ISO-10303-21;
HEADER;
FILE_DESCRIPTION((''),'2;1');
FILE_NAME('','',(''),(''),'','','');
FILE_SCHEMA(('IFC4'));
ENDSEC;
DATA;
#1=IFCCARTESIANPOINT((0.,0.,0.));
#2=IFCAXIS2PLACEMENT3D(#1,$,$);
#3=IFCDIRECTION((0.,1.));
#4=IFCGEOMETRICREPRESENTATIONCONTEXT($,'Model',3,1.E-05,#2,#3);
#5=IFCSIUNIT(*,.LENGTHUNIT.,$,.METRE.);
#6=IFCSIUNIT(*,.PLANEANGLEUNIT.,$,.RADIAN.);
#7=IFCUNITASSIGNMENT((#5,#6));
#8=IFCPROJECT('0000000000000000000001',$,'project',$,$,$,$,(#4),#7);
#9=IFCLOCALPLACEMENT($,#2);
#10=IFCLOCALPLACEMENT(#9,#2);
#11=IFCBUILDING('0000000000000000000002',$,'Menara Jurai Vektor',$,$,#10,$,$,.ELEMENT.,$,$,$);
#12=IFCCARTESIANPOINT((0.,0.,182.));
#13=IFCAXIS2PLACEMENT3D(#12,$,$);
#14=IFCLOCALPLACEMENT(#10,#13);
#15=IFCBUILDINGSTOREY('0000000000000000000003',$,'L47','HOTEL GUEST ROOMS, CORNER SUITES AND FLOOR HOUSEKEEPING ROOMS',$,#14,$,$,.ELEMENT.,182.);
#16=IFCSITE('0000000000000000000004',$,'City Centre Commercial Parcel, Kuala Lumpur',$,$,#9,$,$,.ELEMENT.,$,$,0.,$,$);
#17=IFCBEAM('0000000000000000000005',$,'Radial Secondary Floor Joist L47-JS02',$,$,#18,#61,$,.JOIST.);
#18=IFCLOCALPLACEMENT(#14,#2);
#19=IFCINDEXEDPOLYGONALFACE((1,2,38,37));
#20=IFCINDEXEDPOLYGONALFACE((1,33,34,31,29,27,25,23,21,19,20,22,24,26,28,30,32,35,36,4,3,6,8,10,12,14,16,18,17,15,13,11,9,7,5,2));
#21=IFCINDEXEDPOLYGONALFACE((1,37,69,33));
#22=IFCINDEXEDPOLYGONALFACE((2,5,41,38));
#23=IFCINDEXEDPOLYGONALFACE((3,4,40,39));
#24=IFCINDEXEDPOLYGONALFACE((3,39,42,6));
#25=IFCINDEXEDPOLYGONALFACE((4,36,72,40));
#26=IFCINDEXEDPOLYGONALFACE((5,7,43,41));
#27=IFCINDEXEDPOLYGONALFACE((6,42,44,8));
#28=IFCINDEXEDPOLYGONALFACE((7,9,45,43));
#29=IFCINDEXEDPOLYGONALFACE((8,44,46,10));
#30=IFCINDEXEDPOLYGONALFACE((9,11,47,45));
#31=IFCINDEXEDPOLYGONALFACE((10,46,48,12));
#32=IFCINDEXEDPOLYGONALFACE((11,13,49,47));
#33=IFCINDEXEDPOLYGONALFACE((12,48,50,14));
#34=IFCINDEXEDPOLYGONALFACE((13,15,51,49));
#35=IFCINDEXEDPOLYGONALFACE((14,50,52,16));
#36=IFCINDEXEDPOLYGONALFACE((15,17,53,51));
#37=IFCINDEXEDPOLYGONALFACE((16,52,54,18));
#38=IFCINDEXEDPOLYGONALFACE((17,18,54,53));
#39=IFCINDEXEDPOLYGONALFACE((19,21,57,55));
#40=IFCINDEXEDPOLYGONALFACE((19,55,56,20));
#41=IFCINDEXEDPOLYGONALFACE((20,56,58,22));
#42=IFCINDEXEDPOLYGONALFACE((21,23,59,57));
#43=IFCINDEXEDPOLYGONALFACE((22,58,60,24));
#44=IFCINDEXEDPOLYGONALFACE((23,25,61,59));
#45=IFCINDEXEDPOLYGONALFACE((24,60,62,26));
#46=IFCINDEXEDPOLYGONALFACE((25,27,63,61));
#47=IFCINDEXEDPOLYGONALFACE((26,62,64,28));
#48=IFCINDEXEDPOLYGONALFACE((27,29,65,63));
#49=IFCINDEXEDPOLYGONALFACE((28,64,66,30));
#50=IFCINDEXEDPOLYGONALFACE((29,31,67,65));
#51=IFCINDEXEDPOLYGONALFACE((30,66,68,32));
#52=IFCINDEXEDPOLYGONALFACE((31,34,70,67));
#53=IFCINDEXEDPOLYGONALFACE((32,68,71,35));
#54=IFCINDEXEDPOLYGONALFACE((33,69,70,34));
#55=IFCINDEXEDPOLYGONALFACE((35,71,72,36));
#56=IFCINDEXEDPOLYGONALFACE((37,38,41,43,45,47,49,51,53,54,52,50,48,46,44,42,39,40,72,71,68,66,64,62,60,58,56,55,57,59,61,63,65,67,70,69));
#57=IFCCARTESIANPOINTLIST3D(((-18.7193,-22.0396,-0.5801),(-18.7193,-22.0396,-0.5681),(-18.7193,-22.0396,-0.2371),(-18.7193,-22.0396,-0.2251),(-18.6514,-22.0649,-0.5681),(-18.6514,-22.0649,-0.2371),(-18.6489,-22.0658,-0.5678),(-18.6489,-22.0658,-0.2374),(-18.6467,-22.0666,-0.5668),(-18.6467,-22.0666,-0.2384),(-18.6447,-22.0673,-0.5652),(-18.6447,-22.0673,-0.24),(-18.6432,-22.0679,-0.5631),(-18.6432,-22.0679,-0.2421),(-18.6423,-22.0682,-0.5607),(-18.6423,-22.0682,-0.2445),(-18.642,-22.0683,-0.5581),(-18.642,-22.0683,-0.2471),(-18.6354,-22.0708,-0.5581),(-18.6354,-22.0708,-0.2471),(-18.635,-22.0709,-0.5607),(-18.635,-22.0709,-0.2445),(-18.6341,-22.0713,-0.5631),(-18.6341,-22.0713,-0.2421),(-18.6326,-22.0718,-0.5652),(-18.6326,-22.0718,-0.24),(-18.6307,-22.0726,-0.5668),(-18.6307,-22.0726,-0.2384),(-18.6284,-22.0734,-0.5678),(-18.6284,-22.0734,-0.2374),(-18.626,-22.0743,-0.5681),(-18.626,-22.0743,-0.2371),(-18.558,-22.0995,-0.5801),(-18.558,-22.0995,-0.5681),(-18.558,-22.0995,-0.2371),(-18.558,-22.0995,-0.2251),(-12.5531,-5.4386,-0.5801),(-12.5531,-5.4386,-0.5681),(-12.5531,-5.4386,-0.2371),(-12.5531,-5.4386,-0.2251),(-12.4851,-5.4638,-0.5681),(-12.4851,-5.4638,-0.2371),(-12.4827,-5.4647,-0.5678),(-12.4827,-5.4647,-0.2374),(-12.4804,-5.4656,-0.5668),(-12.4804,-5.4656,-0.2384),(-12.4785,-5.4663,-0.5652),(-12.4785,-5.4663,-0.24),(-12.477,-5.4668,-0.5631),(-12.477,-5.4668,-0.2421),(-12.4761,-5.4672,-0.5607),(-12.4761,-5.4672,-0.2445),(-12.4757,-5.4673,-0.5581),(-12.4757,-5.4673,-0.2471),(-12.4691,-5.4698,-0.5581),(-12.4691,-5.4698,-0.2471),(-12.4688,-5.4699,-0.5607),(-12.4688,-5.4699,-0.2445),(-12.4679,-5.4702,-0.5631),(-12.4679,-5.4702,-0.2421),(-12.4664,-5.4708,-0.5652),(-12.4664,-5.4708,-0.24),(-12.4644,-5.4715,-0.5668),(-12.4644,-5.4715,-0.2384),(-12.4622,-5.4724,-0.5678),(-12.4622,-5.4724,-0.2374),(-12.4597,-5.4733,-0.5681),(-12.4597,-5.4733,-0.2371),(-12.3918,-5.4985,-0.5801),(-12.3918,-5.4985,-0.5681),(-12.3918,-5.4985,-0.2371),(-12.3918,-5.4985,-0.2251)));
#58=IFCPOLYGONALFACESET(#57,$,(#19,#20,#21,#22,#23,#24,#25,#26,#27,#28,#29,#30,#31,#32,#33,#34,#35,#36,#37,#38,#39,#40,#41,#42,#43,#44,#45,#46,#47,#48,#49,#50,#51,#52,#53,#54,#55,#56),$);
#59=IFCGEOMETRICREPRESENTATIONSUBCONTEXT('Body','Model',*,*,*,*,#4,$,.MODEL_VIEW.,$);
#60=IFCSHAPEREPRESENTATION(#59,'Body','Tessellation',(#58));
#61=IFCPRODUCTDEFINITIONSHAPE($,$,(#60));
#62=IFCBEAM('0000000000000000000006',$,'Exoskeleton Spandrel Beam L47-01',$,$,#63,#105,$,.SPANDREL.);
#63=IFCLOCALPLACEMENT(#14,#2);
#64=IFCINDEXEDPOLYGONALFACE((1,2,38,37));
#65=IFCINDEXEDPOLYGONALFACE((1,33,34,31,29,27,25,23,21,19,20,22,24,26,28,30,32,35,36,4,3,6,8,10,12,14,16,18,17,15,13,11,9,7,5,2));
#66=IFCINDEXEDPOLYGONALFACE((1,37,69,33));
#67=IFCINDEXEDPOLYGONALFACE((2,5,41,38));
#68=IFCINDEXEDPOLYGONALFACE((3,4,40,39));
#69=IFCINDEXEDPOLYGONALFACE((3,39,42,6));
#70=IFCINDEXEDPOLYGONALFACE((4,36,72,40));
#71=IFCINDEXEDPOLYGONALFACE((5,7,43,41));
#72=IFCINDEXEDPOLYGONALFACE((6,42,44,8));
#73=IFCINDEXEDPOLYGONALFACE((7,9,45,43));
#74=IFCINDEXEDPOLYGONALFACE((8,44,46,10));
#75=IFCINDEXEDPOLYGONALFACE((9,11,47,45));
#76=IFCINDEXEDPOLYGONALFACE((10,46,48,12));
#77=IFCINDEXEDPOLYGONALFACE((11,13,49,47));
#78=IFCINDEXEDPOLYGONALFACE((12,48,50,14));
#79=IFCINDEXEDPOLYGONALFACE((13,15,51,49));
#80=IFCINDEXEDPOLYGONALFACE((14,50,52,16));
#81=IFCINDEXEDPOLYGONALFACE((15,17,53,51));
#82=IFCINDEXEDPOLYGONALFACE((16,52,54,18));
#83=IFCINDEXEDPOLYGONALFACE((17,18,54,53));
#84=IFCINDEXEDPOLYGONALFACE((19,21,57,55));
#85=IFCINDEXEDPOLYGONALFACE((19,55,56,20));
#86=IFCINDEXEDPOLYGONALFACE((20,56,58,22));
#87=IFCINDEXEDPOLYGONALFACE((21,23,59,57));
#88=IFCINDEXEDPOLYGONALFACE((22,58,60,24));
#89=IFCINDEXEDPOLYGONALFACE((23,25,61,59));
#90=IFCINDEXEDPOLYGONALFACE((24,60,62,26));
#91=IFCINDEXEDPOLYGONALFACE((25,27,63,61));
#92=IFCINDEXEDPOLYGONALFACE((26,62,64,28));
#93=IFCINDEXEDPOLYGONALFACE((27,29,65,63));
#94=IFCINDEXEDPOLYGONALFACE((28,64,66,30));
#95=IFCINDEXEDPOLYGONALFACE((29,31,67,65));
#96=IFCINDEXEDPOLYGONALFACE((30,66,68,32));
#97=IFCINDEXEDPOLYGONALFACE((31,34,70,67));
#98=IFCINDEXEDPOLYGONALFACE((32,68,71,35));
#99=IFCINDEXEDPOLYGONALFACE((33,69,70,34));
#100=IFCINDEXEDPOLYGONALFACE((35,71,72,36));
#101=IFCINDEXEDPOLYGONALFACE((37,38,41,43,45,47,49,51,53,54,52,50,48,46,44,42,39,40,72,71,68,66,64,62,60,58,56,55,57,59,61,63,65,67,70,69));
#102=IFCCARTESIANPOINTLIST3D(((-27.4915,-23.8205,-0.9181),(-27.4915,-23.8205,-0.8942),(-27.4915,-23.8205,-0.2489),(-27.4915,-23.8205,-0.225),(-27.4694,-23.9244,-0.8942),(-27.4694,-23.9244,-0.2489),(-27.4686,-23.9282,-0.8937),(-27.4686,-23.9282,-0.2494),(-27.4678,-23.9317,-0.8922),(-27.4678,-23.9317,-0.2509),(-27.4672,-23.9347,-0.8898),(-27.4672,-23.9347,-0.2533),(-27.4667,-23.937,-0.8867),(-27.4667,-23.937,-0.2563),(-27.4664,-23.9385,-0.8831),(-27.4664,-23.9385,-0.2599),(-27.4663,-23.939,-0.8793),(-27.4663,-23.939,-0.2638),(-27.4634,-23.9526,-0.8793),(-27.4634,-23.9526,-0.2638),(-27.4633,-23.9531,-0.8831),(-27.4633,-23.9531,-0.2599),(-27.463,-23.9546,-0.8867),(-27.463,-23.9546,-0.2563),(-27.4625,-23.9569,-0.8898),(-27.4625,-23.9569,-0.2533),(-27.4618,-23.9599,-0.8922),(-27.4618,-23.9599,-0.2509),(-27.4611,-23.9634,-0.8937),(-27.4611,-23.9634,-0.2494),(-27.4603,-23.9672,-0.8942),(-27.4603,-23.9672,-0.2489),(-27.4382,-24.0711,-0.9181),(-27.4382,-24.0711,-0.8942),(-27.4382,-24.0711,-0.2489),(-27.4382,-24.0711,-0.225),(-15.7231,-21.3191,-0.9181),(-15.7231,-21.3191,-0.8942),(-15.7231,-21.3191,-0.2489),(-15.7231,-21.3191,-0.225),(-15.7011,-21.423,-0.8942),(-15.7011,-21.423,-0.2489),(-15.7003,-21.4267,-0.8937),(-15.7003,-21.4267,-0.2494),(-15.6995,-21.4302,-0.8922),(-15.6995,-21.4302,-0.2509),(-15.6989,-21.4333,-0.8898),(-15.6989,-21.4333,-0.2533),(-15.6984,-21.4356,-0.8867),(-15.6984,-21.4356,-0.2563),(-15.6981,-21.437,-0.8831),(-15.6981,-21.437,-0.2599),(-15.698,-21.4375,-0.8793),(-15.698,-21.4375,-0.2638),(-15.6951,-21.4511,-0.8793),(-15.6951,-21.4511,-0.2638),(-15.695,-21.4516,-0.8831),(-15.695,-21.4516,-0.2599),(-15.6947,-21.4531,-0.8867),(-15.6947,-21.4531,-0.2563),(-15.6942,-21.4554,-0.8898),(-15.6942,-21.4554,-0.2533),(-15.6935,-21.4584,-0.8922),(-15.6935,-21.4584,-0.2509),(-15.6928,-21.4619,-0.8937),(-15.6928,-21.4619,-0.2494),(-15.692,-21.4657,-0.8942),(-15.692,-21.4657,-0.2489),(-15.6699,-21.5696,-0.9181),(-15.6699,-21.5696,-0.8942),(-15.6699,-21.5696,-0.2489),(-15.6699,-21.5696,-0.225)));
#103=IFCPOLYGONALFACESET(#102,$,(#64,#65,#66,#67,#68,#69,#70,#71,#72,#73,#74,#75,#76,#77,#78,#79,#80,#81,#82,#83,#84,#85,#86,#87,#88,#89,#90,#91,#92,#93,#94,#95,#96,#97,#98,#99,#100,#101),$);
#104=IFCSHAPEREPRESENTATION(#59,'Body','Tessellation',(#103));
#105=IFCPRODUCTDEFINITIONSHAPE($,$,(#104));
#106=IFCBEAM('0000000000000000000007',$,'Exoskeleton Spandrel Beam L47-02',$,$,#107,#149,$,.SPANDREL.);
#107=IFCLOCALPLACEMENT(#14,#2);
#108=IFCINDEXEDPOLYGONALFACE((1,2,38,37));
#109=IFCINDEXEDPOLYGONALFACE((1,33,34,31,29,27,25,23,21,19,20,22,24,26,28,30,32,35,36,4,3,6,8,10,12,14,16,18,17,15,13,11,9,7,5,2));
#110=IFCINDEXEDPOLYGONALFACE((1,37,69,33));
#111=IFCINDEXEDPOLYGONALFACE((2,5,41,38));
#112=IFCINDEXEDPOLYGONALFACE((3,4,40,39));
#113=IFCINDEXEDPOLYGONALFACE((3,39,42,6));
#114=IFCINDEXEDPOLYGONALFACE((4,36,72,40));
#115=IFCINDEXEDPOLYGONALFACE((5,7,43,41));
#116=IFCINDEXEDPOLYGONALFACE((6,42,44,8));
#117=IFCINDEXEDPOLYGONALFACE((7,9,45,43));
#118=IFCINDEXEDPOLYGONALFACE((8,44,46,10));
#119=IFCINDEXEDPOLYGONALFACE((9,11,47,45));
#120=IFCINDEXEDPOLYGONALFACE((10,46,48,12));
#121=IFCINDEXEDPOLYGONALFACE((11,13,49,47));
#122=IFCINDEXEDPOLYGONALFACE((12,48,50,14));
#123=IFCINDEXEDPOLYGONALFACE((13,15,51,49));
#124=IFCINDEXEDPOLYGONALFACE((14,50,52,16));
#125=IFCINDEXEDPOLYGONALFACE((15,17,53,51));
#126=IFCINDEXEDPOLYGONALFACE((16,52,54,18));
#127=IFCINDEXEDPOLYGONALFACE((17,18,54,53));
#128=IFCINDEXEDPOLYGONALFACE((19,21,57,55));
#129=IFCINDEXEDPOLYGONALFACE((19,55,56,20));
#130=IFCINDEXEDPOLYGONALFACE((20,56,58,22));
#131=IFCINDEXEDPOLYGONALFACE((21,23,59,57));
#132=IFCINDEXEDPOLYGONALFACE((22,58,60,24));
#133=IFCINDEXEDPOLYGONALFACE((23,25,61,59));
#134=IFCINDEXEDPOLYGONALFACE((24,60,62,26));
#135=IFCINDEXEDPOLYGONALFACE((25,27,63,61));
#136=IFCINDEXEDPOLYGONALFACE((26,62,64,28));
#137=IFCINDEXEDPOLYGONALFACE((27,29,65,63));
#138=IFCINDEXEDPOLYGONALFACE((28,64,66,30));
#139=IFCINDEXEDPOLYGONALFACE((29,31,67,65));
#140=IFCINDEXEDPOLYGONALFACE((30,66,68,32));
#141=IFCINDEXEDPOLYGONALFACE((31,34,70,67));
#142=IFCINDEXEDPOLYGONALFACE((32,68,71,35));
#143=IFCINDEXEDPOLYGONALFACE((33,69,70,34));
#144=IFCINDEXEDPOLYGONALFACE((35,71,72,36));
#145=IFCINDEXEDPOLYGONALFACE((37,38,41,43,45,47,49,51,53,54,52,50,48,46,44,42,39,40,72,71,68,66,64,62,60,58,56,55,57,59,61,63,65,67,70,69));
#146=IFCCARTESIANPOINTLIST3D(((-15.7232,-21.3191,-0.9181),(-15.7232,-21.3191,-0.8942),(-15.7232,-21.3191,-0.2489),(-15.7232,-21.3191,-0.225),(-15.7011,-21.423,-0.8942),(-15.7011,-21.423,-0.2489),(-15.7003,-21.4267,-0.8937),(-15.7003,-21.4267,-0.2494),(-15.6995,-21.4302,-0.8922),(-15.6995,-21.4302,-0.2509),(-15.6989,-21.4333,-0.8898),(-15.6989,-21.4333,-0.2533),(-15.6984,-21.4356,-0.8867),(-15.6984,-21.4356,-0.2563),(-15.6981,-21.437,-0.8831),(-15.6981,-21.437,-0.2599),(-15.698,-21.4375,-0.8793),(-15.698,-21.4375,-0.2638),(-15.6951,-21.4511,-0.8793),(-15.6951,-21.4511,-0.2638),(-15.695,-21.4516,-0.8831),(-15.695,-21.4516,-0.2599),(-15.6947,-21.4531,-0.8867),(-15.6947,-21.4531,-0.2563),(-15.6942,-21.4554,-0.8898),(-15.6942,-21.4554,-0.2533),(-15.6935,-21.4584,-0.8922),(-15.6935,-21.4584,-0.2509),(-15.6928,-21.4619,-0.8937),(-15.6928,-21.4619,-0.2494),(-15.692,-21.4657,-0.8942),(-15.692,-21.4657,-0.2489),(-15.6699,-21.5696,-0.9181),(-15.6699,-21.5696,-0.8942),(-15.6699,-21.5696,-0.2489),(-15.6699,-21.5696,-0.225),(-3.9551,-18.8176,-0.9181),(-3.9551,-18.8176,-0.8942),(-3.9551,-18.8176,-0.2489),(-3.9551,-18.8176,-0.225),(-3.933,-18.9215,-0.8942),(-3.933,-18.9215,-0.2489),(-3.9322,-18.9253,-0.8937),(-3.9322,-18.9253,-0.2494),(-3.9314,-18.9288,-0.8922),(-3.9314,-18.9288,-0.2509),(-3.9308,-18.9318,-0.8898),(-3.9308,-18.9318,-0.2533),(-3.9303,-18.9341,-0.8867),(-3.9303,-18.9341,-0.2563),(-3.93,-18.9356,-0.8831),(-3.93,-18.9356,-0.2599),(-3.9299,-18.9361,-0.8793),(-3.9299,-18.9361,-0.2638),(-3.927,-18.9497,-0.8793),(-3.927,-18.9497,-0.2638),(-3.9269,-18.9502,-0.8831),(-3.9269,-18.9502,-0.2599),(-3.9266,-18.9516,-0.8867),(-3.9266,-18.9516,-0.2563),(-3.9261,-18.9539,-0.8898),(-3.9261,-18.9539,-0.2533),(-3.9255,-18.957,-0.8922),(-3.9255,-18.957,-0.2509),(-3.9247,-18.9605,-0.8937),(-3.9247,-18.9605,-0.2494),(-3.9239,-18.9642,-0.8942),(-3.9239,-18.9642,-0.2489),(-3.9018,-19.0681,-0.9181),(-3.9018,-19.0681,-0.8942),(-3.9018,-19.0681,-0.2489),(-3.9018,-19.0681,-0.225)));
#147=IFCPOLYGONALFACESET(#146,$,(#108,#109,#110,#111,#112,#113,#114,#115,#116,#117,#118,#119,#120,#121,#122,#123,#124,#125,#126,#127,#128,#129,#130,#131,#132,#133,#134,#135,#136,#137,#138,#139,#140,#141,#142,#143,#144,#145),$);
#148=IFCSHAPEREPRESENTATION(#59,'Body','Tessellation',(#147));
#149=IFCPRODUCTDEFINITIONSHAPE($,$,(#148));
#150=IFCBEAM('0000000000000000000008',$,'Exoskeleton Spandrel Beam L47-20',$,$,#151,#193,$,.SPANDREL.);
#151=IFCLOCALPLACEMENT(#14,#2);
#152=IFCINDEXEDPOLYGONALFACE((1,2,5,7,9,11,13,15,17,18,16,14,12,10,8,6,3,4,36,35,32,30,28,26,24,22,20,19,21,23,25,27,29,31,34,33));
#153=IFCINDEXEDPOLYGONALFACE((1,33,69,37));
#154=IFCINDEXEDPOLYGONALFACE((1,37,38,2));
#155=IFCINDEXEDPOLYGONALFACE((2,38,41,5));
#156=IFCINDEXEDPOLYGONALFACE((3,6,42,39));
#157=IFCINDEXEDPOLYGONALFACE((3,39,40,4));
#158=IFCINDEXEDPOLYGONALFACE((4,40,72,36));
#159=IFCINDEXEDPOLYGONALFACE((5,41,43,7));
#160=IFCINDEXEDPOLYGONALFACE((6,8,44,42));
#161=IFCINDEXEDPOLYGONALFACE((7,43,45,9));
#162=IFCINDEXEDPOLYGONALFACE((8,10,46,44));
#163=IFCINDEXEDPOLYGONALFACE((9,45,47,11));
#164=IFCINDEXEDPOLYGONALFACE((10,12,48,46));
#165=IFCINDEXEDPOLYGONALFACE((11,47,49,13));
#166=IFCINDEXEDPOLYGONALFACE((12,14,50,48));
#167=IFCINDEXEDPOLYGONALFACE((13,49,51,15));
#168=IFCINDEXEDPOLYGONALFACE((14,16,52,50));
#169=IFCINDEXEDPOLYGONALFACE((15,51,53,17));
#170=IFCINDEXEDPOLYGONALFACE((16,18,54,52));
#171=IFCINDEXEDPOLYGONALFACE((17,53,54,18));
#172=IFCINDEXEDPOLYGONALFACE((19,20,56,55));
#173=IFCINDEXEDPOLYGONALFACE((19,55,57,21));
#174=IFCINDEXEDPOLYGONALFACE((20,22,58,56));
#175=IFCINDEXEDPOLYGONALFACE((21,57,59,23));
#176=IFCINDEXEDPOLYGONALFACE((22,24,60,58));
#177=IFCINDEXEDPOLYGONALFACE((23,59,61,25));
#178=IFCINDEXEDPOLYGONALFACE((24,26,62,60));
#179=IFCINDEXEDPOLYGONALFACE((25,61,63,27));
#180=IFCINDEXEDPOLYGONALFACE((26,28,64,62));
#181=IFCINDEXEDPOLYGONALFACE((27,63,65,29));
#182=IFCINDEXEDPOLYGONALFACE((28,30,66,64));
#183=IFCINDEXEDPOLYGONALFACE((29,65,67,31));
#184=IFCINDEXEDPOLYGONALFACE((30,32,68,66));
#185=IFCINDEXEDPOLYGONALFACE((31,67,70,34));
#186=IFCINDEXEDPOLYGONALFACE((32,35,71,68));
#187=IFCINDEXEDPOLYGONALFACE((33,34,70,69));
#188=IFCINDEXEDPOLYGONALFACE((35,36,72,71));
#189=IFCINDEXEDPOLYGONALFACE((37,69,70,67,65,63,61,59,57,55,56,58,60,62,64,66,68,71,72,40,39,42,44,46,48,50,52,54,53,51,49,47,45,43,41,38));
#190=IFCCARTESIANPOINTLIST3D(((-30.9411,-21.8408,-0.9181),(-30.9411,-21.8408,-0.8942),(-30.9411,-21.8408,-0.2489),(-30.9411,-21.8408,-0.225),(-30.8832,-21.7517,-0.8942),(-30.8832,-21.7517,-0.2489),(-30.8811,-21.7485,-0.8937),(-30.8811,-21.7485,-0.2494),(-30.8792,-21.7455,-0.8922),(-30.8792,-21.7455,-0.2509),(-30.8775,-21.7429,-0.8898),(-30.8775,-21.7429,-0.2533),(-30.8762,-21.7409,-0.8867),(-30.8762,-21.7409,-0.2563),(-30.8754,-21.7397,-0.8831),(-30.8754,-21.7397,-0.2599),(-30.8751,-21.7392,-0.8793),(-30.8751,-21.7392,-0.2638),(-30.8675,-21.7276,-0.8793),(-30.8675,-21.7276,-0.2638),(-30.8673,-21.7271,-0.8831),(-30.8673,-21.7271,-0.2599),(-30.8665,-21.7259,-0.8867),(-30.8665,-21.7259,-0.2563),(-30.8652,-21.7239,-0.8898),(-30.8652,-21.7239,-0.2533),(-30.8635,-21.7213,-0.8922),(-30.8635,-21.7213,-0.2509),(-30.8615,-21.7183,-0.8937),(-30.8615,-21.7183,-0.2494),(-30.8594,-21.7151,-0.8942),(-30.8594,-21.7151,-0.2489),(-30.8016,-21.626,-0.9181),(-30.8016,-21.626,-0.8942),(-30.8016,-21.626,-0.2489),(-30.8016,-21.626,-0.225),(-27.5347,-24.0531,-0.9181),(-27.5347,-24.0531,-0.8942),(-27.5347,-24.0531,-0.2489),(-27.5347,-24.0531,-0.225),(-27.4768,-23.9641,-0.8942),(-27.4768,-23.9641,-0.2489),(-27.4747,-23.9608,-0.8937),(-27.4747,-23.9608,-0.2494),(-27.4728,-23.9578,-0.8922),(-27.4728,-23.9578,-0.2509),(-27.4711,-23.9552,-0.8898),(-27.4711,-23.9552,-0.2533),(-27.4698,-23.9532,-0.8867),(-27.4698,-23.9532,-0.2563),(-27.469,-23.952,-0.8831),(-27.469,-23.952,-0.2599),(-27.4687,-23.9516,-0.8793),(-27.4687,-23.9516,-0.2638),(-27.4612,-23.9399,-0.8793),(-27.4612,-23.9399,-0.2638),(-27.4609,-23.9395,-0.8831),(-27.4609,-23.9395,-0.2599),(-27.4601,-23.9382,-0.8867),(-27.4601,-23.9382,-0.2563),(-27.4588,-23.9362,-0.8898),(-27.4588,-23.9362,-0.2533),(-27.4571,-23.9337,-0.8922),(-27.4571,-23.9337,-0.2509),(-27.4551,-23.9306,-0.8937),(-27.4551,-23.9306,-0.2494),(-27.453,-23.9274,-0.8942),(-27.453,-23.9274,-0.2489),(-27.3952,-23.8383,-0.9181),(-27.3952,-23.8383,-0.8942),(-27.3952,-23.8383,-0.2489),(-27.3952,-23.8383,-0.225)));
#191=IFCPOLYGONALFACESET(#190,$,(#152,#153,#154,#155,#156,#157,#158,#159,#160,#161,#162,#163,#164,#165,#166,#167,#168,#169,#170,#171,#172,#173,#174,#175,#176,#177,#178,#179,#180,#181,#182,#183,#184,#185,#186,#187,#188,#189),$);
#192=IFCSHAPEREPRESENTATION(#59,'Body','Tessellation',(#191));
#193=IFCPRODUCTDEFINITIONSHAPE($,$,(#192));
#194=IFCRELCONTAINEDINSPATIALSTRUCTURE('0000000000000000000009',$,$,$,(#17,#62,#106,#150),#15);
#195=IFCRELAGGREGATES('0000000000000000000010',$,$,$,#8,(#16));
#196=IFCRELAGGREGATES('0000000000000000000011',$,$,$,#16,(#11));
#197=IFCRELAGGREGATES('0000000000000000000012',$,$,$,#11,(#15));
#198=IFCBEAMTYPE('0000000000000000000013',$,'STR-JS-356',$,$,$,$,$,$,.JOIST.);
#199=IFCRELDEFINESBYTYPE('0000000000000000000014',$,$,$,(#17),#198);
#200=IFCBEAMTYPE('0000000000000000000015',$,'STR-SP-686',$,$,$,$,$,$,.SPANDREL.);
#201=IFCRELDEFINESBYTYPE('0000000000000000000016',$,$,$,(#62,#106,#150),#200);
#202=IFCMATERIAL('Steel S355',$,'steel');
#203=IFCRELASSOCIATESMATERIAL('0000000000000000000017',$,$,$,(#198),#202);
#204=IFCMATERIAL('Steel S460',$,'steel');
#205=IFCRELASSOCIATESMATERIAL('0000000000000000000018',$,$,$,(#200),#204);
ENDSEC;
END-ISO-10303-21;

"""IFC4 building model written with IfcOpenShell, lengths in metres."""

from ifc_helpers import new_model, si_unit, direction, frame, origin, origin_2d, place, context, subcontext, project, spatial, i_section, extrude, material, material_profile, profile_set, type_object, element, save


model = new_model("IFC4")

# Units and contexts
model_context = context("Model", 3, precision=1e-05, world=origin(), true_north=direction((0.0, 1.0)))
body_context = subcontext(model_context, "Body", "Model", "MODEL_VIEW")
ifc_project = project(units=[si_unit("LENGTHUNIT", "METRE"), si_unit("PLANEANGLEUNIT", "RADIAN")], contexts=[model_context])

# Site, building, storey
site_placement = place(None, origin())
site = spatial("IfcSite", under=ifc_project, at=site_placement, Name="City Centre Commercial Parcel, Kuala Lumpur", CompositionType="ELEMENT", RefElevation=0.0)
building_placement = place(site_placement, origin())
building = spatial("IfcBuilding", under=site, at=building_placement, Name="Menara Jurai Vektor", CompositionType="ELEMENT")
storey_placement = place(building_placement, frame((0.0, 0.0, 182.0)))
storey = spatial("IfcBuildingStorey", under=building, at=storey_placement, Name="L47", Description="HOTEL GUEST ROOMS, CORNER SUITES AND FLOOR HOUSEKEEPING ROOMS", CompositionType="ELEMENT", Elevation=182.0)

# Shared definitions
ifc_material_1 = material(Name="Steel S460", Category="steel")

# Shared definitions
ifc_material_2 = material(Name="Steel S355", Category="steel")

# Beams
ifc_material_profile_1 = material_profile(ifc_material_2, i_section(OverallWidth=0.1721, OverallDepth=0.355, WebThickness=0.0071, FlangeThickness=0.012, FilletRadius=0.01, at=origin_2d()), Name="UKB 356x171x51")
ifc_profile_set_1 = profile_set([ifc_material_profile_1], Name="Steel S355")
beam_type_1 = type_object("IfcBeamType", Name="STR-JS-356", PredefinedType="JOIST", material=ifc_profile_set_1)
beam_1_placement = place(storey_placement, frame((-18.6387, -22.0696, -0.4026), z_axis=(0.348194, 0.937423, 0.0), x_axis=(-0.937423, 0.348194, 0.0)))
element("IfcBeam", 1, at=beam_1_placement, inside=storey, type_object=beam_type_1, Name="Radial Secondary Floor Joist L47-JS02", PredefinedType="JOIST", context=body_context, shape_type="SweptSolid", body=[
    extrude(i_section(OverallWidth=0.1721, OverallDepth=0.355, WebThickness=0.0071, FlangeThickness=0.012, FilletRadius=0.01, at=origin_2d()), origin(), (0.0, 0.0, 1.0), 17.7092),
])
ifc_material_profile_2 = material_profile(ifc_material_1, i_section(OverallWidth=0.2561, OverallDepth=0.6931, WebThickness=0.0139, FlangeThickness=0.0239, FilletRadius=0.0149, at=origin_2d()), Name="UKB 686x254x170")
ifc_profile_set_2 = profile_set([ifc_material_profile_2], Name="Steel S460")
beam_type_2 = type_object("IfcBeamType", Name="STR-SP-686", PredefinedType="SPANDREL", material=ifc_profile_set_2)
beam_2_placement = place(storey_placement, frame((-27.4648, -23.9458, -0.5715), z_axis=(0.978147, 0.207914, 0.0), x_axis=(-0.207914, 0.978147, 0.0)))
element("IfcBeam", 2, at=beam_2_placement, inside=storey, type_object=beam_type_2, Name="Exoskeleton Spandrel Beam L47-01", PredefinedType="SPANDREL", context=body_context, shape_type="SweptSolid", body=[
    extrude(i_section(OverallWidth=0.2561, OverallDepth=0.6931, WebThickness=0.0139, FlangeThickness=0.0239, FilletRadius=0.0149, at=origin_2d()), origin(), (0.0, 0.0, 1.0), 12.0312),
])
beam_3_placement = place(storey_placement, frame((-15.6965, -21.4443, -0.5715), z_axis=(0.978146, 0.207918, 0.0), x_axis=(-0.207918, 0.978146, 0.0)))
element("IfcBeam", 3, at=beam_3_placement, inside=storey, type_object=beam_type_2, Name="Exoskeleton Spandrel Beam L47-02", PredefinedType="SPANDREL", context=body_context, shape_type="SweptSolid", body=[
    extrude(i_section(OverallWidth=0.2561, OverallDepth=0.6931, WebThickness=0.0139, FlangeThickness=0.0239, FilletRadius=0.0149, at=origin_2d()), origin(), (0.0, 0.0, 1.0), 12.031),
])
beam_4_placement = place(storey_placement, frame((-30.8713, -21.7334, -0.5715), z_axis=(0.838648, -0.544674, 0.0), x_axis=(0.544674, 0.838648, 0.0)))
element("IfcBeam", 4, at=beam_4_placement, inside=storey, type_object=beam_type_2, Name="Exoskeleton Spandrel Beam L47-20", PredefinedType="SPANDREL", context=body_context, shape_type="SweptSolid", body=[
    extrude(i_section(OverallWidth=0.2561, OverallDepth=0.6931, WebThickness=0.0139, FlangeThickness=0.0239, FilletRadius=0.0149, at=origin_2d()), origin(), (0.0, 0.0, 1.0), 4.0618),
])

save(model, "model.ifc")
